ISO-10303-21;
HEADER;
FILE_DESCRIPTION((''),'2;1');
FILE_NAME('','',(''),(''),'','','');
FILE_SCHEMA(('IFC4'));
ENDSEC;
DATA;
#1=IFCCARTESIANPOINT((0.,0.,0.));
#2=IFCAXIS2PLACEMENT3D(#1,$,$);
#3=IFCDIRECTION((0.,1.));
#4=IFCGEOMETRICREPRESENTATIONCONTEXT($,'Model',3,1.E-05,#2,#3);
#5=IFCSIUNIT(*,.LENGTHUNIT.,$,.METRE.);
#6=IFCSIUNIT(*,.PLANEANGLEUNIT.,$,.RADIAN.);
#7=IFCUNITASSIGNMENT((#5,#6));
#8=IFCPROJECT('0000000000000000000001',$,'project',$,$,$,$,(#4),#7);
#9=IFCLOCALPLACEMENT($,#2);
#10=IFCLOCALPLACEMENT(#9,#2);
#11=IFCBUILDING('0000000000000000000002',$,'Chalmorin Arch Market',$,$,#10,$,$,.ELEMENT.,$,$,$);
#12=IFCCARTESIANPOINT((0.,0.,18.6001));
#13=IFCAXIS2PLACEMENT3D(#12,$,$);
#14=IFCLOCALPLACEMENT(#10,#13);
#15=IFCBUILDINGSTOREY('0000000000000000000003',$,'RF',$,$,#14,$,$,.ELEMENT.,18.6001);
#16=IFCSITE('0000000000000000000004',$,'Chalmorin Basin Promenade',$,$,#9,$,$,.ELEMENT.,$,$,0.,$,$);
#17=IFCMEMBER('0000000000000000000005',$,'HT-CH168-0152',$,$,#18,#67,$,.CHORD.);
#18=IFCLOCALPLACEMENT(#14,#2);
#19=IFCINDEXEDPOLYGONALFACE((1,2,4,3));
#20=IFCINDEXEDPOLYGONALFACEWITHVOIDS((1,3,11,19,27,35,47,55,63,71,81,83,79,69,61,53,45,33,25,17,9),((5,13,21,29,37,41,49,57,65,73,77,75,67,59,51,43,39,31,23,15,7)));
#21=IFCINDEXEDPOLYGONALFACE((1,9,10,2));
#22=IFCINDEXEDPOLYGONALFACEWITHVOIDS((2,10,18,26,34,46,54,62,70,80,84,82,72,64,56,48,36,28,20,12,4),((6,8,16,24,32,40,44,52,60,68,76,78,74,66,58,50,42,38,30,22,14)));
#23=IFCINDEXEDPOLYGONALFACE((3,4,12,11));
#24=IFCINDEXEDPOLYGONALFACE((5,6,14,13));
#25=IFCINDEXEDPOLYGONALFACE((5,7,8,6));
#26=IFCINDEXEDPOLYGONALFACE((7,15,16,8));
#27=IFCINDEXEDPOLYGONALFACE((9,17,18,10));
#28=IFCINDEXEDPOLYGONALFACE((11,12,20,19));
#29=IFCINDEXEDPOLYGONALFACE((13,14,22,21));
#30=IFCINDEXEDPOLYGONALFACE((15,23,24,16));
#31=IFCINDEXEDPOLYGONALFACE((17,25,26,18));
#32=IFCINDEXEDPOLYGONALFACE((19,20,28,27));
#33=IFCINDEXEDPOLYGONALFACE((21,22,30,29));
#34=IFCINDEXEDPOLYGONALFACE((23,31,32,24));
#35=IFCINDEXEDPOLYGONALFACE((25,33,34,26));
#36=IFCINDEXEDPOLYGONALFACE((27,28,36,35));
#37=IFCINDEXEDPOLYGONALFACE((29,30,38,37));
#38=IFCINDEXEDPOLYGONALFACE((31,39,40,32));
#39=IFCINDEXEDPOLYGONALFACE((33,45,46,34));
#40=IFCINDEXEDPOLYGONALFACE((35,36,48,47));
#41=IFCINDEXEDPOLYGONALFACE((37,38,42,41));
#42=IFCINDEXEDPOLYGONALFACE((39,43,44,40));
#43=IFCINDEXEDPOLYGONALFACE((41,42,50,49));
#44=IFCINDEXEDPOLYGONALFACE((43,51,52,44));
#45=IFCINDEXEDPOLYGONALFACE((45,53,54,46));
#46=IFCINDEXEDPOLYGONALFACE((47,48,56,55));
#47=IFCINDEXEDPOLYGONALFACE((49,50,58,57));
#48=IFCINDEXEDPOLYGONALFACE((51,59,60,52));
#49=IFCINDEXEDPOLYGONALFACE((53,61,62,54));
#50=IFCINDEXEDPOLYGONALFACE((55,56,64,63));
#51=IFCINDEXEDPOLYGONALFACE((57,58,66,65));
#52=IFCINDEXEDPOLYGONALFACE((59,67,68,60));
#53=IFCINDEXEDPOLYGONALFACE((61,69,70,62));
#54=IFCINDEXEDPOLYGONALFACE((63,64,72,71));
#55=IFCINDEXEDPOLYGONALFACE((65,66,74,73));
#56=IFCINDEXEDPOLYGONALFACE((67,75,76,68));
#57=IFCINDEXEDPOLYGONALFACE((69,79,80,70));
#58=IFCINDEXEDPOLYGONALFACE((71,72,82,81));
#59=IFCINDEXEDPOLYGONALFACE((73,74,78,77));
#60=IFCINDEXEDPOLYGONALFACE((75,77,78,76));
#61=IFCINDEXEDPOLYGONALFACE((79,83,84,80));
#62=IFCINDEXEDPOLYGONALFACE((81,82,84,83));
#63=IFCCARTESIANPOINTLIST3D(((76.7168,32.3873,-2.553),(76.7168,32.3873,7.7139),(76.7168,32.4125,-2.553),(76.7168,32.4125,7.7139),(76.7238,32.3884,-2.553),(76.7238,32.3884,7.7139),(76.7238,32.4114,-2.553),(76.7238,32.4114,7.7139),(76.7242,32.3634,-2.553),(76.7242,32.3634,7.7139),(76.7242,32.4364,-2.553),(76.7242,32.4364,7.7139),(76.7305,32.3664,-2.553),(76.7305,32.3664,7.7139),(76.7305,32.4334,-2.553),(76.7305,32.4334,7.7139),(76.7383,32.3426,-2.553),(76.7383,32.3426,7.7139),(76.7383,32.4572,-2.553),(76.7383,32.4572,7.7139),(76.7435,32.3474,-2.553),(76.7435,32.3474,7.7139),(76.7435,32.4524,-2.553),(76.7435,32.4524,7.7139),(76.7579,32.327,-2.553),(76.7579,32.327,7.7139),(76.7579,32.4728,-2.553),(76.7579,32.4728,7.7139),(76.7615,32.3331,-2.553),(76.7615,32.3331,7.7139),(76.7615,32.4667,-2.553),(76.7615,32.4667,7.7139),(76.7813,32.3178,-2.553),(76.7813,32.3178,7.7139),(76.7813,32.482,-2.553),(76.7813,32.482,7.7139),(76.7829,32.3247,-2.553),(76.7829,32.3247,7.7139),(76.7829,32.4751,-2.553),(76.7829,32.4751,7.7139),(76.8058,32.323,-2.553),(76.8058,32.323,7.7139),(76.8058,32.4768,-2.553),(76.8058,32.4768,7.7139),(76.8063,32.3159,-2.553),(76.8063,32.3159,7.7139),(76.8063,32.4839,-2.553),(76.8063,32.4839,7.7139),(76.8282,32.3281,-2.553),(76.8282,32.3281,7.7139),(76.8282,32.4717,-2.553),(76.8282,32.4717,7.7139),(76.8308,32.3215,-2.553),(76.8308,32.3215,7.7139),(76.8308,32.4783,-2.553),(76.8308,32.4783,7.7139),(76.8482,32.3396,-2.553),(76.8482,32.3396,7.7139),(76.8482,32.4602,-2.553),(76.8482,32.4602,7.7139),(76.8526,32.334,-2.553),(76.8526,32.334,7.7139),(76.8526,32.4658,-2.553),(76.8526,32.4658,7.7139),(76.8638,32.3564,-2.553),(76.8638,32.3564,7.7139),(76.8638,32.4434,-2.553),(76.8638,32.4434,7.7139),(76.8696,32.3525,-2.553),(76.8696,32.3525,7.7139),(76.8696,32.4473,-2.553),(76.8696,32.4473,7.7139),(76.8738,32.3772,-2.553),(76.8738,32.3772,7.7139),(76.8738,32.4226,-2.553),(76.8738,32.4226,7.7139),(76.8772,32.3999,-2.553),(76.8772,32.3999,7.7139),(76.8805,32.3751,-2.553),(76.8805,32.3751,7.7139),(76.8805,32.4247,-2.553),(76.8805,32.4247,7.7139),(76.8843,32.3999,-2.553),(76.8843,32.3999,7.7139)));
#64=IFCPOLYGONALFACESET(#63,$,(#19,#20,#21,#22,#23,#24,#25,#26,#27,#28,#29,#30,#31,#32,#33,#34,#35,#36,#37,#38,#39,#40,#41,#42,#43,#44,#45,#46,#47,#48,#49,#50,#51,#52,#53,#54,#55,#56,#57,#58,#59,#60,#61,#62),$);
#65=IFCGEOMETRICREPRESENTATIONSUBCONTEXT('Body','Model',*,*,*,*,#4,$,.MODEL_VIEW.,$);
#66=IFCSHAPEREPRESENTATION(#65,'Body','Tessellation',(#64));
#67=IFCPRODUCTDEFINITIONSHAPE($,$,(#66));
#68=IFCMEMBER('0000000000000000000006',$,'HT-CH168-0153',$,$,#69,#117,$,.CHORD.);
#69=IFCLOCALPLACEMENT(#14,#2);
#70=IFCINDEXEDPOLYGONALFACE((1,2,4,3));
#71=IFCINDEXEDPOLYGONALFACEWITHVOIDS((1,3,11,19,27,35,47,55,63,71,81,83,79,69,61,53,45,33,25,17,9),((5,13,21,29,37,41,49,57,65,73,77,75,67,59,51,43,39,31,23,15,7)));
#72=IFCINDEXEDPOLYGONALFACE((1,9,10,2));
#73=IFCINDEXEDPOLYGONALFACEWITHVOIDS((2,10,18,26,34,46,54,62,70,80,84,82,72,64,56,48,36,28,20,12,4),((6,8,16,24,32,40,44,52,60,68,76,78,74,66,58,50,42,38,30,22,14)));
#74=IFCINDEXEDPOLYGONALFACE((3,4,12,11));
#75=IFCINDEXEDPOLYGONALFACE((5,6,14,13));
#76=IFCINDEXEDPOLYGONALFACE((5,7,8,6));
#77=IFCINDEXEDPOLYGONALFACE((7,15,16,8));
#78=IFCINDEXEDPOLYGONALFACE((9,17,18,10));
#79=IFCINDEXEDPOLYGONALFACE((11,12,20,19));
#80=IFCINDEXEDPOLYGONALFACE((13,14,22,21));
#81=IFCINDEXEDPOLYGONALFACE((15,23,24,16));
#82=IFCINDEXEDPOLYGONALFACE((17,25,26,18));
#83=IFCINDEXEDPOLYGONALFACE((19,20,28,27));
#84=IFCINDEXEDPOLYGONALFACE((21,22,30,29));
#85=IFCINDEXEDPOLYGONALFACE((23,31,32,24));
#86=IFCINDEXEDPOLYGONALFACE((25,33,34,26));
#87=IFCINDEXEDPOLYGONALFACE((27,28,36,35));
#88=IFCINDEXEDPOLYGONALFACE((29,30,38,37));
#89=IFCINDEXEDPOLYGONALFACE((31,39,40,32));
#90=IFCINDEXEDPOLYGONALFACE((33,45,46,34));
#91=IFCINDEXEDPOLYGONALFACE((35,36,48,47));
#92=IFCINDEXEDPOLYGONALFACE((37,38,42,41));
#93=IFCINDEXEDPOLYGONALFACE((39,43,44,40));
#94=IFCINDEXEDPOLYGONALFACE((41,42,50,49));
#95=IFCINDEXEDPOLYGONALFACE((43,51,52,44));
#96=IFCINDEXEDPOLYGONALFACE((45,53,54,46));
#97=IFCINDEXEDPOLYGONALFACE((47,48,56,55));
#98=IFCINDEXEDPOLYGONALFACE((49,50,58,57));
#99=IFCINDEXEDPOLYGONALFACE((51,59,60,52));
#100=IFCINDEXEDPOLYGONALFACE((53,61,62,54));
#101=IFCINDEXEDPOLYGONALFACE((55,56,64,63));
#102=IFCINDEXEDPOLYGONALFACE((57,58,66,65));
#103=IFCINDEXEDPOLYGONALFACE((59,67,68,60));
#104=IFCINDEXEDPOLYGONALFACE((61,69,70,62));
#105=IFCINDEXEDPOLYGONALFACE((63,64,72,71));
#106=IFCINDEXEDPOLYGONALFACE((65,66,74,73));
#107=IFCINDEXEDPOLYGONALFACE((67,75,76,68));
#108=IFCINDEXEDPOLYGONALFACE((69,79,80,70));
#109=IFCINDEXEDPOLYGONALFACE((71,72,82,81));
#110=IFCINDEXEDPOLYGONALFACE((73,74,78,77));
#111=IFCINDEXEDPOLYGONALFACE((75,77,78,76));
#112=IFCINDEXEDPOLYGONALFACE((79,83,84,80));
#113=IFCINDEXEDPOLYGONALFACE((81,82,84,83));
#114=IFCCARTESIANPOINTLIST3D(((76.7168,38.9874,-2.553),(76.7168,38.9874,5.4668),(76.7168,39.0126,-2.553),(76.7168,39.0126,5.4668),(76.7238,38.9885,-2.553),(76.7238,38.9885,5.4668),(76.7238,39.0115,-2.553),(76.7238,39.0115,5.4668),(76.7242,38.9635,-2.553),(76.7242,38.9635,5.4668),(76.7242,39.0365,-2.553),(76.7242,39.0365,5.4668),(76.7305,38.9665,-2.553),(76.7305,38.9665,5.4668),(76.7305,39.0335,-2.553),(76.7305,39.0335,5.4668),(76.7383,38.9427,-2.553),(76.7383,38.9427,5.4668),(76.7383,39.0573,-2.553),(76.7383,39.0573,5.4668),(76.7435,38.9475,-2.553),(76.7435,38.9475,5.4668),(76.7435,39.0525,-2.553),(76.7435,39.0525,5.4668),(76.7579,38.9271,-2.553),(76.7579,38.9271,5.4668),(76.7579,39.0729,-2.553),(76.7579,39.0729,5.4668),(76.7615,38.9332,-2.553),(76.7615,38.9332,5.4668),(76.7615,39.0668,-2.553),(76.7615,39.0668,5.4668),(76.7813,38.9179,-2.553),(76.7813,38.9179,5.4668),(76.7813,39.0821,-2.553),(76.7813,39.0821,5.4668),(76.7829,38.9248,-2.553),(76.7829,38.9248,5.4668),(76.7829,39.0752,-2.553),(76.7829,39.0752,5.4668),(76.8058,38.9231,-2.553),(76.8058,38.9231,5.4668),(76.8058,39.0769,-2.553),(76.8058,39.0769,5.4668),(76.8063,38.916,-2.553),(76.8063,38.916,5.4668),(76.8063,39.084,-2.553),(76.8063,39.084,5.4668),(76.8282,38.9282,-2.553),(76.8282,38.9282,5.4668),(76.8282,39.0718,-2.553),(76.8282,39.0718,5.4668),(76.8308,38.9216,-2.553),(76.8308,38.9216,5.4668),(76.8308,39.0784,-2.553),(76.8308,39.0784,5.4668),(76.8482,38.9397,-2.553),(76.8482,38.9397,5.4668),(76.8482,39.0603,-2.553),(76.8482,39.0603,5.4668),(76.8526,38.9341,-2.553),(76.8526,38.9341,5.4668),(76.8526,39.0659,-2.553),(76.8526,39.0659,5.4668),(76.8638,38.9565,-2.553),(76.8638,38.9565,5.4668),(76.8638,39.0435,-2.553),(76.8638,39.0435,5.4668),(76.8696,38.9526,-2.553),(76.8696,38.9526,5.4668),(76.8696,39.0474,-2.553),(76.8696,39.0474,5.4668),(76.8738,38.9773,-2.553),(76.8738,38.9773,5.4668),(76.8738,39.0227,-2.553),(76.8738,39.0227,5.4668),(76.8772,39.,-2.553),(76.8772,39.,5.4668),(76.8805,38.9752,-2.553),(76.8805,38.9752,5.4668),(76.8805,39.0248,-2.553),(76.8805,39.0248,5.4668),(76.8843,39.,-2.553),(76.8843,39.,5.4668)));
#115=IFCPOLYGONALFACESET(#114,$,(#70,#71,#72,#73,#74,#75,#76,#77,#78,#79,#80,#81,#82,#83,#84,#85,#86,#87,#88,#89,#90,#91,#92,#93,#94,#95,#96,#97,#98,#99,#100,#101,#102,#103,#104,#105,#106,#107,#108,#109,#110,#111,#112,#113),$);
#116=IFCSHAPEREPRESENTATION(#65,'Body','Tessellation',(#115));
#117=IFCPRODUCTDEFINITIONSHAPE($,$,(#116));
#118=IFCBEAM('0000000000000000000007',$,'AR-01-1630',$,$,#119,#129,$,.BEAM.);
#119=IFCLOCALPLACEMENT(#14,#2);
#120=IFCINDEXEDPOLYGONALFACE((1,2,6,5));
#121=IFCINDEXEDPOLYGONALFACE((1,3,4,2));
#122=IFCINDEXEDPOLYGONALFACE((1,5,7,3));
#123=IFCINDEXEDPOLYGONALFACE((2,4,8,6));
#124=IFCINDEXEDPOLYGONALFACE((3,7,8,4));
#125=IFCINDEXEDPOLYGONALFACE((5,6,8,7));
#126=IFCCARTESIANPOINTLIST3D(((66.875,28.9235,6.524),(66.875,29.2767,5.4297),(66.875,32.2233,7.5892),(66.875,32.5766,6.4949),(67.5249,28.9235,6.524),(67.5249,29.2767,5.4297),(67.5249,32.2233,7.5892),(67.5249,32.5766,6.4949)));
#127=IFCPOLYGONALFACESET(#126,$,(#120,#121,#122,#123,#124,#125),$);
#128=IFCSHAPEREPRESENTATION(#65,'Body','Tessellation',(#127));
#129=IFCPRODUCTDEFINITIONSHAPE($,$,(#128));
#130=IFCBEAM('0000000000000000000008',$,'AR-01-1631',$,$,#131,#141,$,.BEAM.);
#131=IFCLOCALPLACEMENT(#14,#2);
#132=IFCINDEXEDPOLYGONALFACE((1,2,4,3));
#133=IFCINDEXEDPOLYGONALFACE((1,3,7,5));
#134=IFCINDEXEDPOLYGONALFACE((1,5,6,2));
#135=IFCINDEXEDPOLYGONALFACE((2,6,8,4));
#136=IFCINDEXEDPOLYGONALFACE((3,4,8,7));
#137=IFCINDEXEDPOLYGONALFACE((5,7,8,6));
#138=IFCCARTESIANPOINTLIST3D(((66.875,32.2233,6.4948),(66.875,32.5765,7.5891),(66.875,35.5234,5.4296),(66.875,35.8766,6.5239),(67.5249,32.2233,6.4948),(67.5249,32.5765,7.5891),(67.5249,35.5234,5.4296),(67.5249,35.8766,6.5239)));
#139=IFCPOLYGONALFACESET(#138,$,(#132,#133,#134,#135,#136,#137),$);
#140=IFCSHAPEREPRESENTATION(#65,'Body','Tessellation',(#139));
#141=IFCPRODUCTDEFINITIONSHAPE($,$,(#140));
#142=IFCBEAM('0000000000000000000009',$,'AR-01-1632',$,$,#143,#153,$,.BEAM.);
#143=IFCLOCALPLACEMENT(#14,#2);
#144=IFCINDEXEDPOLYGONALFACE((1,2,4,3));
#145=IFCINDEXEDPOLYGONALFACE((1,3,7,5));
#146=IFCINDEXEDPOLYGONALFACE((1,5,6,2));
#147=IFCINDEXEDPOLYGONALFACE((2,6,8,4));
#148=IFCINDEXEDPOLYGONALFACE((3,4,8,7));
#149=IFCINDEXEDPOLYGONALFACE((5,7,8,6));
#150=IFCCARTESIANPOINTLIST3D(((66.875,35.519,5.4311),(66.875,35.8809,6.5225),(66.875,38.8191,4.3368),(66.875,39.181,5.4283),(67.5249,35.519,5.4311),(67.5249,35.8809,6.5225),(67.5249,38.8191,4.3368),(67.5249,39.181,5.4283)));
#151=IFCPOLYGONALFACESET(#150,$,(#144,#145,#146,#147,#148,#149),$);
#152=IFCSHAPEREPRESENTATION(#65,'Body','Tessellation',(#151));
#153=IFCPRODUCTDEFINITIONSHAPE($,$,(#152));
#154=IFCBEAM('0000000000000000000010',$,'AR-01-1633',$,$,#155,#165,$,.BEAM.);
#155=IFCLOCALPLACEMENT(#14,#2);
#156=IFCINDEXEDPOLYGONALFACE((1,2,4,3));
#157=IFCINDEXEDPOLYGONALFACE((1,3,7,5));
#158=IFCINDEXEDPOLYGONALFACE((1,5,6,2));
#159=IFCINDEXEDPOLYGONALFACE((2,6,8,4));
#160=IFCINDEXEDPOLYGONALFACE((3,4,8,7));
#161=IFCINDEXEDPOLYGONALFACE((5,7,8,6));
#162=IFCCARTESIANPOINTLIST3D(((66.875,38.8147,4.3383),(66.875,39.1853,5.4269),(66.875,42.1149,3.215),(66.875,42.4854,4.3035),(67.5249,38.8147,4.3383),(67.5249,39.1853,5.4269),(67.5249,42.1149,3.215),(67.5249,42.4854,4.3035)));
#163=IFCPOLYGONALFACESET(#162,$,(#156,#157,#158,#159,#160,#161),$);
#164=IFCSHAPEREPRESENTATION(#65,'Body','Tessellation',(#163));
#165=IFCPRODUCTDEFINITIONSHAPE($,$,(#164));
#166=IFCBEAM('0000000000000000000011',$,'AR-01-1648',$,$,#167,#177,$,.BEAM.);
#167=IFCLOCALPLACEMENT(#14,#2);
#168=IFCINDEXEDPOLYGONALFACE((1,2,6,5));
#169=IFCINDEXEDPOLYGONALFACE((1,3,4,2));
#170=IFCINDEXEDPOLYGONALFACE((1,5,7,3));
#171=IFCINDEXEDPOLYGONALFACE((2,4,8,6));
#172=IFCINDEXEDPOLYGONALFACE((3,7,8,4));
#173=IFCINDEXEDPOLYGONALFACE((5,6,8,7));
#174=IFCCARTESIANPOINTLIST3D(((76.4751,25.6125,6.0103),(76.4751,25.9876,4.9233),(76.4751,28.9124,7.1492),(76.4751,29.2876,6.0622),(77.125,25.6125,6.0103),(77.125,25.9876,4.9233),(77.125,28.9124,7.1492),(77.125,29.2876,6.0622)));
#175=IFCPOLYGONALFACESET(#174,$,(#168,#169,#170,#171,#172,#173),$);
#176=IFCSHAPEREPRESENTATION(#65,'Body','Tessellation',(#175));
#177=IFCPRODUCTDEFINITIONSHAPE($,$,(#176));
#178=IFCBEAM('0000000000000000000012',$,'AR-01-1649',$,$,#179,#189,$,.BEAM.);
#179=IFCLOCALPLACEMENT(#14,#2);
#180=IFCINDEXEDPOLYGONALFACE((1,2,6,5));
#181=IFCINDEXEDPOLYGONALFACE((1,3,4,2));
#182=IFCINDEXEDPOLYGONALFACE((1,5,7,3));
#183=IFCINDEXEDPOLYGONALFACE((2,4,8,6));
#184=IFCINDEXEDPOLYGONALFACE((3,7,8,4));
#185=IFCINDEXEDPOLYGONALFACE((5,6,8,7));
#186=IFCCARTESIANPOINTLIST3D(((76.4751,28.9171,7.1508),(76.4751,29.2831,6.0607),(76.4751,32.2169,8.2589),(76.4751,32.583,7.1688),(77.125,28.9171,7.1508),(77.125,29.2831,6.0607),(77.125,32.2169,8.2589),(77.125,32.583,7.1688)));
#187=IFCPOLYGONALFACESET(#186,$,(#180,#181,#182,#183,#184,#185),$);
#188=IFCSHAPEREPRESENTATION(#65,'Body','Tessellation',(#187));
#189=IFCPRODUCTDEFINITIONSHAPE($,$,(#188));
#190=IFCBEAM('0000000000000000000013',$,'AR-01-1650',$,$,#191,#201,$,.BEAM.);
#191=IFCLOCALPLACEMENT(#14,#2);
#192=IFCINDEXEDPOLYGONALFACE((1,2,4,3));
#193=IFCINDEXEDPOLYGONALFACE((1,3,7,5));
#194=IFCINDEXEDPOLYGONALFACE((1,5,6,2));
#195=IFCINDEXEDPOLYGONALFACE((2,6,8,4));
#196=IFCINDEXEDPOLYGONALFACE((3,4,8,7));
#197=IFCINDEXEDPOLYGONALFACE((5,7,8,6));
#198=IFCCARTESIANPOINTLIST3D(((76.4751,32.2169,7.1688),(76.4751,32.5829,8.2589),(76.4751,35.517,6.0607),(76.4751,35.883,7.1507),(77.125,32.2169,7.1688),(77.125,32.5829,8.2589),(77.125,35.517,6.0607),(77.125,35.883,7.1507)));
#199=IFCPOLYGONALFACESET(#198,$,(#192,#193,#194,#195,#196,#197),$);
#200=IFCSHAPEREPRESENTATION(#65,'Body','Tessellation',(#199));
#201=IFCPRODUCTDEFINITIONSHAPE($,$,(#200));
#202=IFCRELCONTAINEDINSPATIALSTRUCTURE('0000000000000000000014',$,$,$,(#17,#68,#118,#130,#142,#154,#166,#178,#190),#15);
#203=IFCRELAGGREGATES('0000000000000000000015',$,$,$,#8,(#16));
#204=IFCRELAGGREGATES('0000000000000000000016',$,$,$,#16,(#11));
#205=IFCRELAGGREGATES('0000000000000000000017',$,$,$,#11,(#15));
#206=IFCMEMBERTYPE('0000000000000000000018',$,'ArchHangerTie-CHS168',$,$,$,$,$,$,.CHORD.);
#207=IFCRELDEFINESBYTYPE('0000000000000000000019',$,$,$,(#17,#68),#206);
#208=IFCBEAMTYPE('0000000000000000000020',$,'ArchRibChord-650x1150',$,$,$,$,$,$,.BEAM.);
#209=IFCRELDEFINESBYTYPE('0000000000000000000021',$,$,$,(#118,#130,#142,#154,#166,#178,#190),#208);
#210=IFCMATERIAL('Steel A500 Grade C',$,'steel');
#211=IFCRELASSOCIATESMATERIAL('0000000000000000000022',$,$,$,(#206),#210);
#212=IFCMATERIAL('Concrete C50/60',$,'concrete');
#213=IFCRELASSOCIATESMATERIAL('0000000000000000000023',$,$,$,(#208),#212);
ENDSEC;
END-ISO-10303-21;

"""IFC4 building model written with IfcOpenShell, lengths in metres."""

from ifc_helpers import new_model, si_unit, direction, frame, origin, origin_2d, place, context, subcontext, project, spatial, rectangle, hollow_circle, extrude, material, material_profile, profile_set, type_object, element, save


model = new_model("IFC4")

# Units and contexts
model_context = context("Model", 3, precision=1e-05, world=origin(), true_north=direction((0.0, 1.0)))
body_context = subcontext(model_context, "Body", "Model", "MODEL_VIEW")
ifc_project = project(units=[si_unit("LENGTHUNIT", "METRE"), si_unit("PLANEANGLEUNIT", "RADIAN")], contexts=[model_context])

# Site, building, storey
site_placement = place(None, origin())
site = spatial("IfcSite", under=ifc_project, at=site_placement, Name="Chalmorin Basin Promenade", CompositionType="ELEMENT", RefElevation=0.0)
building_placement = place(site_placement, origin())
building = spatial("IfcBuilding", under=site, at=building_placement, Name="Chalmorin Arch Market", CompositionType="ELEMENT")
storey_placement = place(building_placement, frame((0.0, 0.0, 18.6001)))
storey = spatial("IfcBuildingStorey", under=building, at=storey_placement, Name="RF", CompositionType="ELEMENT", Elevation=18.6001)

# Members
ifc_material_1 = material(Name="Steel A500 Grade C", Category="steel")
ifc_material_profile_1 = material_profile(ifc_material_1, hollow_circle(Radius=0.0842, WallThickness=0.0071, at=origin_2d()), Name="CHS168X7")
ifc_profile_set_1 = profile_set([ifc_material_profile_1], Name="Steel A500 Grade C")
member_type_1 = type_object("IfcMemberType", Name="ArchHangerTie-CHS168", PredefinedType="CHORD", material=ifc_profile_set_1)
member_1_placement = place(storey_placement, frame((76.8, 32.3999, -2.553), z_axis=(0.0, 0.0, 1.0), x_axis=(1.0, 0.0, 0.0)))
element("IfcMember", 1, at=member_1_placement, inside=storey, type_object=member_type_1, Name="HT-CH168-0152", PredefinedType="CHORD", context=body_context, shape_type="SweptSolid", body=[
    extrude(hollow_circle(Radius=0.0842, WallThickness=0.0071, at=origin_2d()), origin(), (0.0, 0.0, 1.0), 10.2668),
])
member_2_placement = place(storey_placement, frame((76.8, 39.0, -2.553), z_axis=(0.0, 0.0, 1.0), x_axis=(1.0, 0.0, 0.0)))
element("IfcMember", 2, at=member_2_placement, inside=storey, type_object=member_type_1, Name="HT-CH168-0153", PredefinedType="CHORD", context=body_context, shape_type="SweptSolid", body=[
    extrude(hollow_circle(Radius=0.0842, WallThickness=0.0071, at=origin_2d()), origin(), (0.0, 0.0, 1.0), 8.0198),
])

# Beams
ifc_material_2 = material(Name="Concrete C50/60", Category="concrete")
ifc_material_profile_2 = material_profile(ifc_material_2, rectangle(XDim=0.6499, YDim=1.1499, at=origin_2d()), Name="RC650X1150")
ifc_profile_set_2 = profile_set([ifc_material_profile_2], Name="Concrete C50/60")
beam_type = type_object("IfcBeamType", Name="ArchRibChord-650x1150", PredefinedType="BEAM", material=ifc_profile_set_2)
beam_1_placement = place(storey_placement, frame((67.2, 29.1001, 5.9768), z_axis=(0.0, 0.951647, 0.307194), x_axis=(-1.0, 0.0, 0.0)))
element("IfcBeam", 3, at=beam_1_placement, inside=storey, type_object=beam_type, Name="AR-01-1630", PredefinedType="BEAM", context=body_context, shape_type="SweptSolid", body=[
    extrude(rectangle(XDim=0.6499, YDim=1.1499, at=origin_2d()), origin(), (0.0, 0.0, 1.0), 3.4675),
])
beam_2_placement = place(storey_placement, frame((67.2, 32.3999, 7.042), z_axis=(0.0, 0.951654, -0.307174), x_axis=(-1.0, 0.0, 0.0)))
element("IfcBeam", 4, at=beam_2_placement, inside=storey, type_object=beam_type, Name="AR-01-1631", PredefinedType="BEAM", context=body_context, shape_type="SweptSolid", body=[
    extrude(rectangle(XDim=0.6499, YDim=1.1499, at=origin_2d()), origin(), (0.0, 0.0, 1.0), 3.4678),
])
beam_3_placement = place(storey_placement, frame((67.2, 35.7, 5.9768), z_axis=(0.0, 0.949181, -0.314732), x_axis=(-1.0, 0.0, 0.0)))
element("IfcBeam", 5, at=beam_3_placement, inside=storey, type_object=beam_type, Name="AR-01-1632", PredefinedType="BEAM", context=body_context, shape_type="SweptSolid", body=[
    extrude(rectangle(XDim=0.6499, YDim=1.1499, at=origin_2d()), origin(), (0.0, 0.0, 1.0), 3.4768),
])
beam_4_placement = place(storey_placement, frame((67.2, 39.0, 4.8826), z_axis=(0.0, 0.946661, -0.32223), x_axis=(-1.0, 0.0, 0.0)))
element("IfcBeam", 6, at=beam_4_placement, inside=storey, type_object=beam_type, Name="AR-01-1633", PredefinedType="BEAM", context=body_context, shape_type="SweptSolid", body=[
    extrude(rectangle(XDim=0.6499, YDim=1.1499, at=origin_2d()), origin(), (0.0, 0.0, 1.0), 3.4861),
])
beam_5_placement = place(storey_placement, frame((76.8, 25.8, 5.4668), z_axis=(0.0, 0.945287, 0.326239), x_axis=(-1.0, 0.0, 0.0)))
element("IfcBeam", 7, at=beam_5_placement, inside=storey, type_object=beam_type, Name="AR-01-1648", PredefinedType="BEAM", context=body_context, shape_type="SweptSolid", body=[
    extrude(rectangle(XDim=0.6499, YDim=1.1499, at=origin_2d()), origin(), (0.0, 0.0, 1.0), 3.491),
])
beam_6_placement = place(storey_placement, frame((76.8, 29.1001, 6.6057), z_axis=(0.0, 0.947973, 0.318352), x_axis=(-1.0, 0.0, 0.0)))
element("IfcBeam", 8, at=beam_6_placement, inside=storey, type_object=beam_type, Name="AR-01-1649", PredefinedType="BEAM", context=body_context, shape_type="SweptSolid", body=[
    extrude(rectangle(XDim=0.6499, YDim=1.1499, at=origin_2d()), origin(), (0.0, 0.0, 1.0), 3.481),
])
beam_7_placement = place(storey_placement, frame((76.8, 32.3999, 7.7139), z_axis=(0.0, 0.94798, -0.318331), x_axis=(-1.0, 0.0, 0.0)))
element("IfcBeam", 9, at=beam_7_placement, inside=storey, type_object=beam_type, Name="AR-01-1650", PredefinedType="BEAM", context=body_context, shape_type="SweptSolid", body=[
    extrude(rectangle(XDim=0.6499, YDim=1.1499, at=origin_2d()), origin(), (0.0, 0.0, 1.0), 3.4812),
])

save(model, "model.ifc")
